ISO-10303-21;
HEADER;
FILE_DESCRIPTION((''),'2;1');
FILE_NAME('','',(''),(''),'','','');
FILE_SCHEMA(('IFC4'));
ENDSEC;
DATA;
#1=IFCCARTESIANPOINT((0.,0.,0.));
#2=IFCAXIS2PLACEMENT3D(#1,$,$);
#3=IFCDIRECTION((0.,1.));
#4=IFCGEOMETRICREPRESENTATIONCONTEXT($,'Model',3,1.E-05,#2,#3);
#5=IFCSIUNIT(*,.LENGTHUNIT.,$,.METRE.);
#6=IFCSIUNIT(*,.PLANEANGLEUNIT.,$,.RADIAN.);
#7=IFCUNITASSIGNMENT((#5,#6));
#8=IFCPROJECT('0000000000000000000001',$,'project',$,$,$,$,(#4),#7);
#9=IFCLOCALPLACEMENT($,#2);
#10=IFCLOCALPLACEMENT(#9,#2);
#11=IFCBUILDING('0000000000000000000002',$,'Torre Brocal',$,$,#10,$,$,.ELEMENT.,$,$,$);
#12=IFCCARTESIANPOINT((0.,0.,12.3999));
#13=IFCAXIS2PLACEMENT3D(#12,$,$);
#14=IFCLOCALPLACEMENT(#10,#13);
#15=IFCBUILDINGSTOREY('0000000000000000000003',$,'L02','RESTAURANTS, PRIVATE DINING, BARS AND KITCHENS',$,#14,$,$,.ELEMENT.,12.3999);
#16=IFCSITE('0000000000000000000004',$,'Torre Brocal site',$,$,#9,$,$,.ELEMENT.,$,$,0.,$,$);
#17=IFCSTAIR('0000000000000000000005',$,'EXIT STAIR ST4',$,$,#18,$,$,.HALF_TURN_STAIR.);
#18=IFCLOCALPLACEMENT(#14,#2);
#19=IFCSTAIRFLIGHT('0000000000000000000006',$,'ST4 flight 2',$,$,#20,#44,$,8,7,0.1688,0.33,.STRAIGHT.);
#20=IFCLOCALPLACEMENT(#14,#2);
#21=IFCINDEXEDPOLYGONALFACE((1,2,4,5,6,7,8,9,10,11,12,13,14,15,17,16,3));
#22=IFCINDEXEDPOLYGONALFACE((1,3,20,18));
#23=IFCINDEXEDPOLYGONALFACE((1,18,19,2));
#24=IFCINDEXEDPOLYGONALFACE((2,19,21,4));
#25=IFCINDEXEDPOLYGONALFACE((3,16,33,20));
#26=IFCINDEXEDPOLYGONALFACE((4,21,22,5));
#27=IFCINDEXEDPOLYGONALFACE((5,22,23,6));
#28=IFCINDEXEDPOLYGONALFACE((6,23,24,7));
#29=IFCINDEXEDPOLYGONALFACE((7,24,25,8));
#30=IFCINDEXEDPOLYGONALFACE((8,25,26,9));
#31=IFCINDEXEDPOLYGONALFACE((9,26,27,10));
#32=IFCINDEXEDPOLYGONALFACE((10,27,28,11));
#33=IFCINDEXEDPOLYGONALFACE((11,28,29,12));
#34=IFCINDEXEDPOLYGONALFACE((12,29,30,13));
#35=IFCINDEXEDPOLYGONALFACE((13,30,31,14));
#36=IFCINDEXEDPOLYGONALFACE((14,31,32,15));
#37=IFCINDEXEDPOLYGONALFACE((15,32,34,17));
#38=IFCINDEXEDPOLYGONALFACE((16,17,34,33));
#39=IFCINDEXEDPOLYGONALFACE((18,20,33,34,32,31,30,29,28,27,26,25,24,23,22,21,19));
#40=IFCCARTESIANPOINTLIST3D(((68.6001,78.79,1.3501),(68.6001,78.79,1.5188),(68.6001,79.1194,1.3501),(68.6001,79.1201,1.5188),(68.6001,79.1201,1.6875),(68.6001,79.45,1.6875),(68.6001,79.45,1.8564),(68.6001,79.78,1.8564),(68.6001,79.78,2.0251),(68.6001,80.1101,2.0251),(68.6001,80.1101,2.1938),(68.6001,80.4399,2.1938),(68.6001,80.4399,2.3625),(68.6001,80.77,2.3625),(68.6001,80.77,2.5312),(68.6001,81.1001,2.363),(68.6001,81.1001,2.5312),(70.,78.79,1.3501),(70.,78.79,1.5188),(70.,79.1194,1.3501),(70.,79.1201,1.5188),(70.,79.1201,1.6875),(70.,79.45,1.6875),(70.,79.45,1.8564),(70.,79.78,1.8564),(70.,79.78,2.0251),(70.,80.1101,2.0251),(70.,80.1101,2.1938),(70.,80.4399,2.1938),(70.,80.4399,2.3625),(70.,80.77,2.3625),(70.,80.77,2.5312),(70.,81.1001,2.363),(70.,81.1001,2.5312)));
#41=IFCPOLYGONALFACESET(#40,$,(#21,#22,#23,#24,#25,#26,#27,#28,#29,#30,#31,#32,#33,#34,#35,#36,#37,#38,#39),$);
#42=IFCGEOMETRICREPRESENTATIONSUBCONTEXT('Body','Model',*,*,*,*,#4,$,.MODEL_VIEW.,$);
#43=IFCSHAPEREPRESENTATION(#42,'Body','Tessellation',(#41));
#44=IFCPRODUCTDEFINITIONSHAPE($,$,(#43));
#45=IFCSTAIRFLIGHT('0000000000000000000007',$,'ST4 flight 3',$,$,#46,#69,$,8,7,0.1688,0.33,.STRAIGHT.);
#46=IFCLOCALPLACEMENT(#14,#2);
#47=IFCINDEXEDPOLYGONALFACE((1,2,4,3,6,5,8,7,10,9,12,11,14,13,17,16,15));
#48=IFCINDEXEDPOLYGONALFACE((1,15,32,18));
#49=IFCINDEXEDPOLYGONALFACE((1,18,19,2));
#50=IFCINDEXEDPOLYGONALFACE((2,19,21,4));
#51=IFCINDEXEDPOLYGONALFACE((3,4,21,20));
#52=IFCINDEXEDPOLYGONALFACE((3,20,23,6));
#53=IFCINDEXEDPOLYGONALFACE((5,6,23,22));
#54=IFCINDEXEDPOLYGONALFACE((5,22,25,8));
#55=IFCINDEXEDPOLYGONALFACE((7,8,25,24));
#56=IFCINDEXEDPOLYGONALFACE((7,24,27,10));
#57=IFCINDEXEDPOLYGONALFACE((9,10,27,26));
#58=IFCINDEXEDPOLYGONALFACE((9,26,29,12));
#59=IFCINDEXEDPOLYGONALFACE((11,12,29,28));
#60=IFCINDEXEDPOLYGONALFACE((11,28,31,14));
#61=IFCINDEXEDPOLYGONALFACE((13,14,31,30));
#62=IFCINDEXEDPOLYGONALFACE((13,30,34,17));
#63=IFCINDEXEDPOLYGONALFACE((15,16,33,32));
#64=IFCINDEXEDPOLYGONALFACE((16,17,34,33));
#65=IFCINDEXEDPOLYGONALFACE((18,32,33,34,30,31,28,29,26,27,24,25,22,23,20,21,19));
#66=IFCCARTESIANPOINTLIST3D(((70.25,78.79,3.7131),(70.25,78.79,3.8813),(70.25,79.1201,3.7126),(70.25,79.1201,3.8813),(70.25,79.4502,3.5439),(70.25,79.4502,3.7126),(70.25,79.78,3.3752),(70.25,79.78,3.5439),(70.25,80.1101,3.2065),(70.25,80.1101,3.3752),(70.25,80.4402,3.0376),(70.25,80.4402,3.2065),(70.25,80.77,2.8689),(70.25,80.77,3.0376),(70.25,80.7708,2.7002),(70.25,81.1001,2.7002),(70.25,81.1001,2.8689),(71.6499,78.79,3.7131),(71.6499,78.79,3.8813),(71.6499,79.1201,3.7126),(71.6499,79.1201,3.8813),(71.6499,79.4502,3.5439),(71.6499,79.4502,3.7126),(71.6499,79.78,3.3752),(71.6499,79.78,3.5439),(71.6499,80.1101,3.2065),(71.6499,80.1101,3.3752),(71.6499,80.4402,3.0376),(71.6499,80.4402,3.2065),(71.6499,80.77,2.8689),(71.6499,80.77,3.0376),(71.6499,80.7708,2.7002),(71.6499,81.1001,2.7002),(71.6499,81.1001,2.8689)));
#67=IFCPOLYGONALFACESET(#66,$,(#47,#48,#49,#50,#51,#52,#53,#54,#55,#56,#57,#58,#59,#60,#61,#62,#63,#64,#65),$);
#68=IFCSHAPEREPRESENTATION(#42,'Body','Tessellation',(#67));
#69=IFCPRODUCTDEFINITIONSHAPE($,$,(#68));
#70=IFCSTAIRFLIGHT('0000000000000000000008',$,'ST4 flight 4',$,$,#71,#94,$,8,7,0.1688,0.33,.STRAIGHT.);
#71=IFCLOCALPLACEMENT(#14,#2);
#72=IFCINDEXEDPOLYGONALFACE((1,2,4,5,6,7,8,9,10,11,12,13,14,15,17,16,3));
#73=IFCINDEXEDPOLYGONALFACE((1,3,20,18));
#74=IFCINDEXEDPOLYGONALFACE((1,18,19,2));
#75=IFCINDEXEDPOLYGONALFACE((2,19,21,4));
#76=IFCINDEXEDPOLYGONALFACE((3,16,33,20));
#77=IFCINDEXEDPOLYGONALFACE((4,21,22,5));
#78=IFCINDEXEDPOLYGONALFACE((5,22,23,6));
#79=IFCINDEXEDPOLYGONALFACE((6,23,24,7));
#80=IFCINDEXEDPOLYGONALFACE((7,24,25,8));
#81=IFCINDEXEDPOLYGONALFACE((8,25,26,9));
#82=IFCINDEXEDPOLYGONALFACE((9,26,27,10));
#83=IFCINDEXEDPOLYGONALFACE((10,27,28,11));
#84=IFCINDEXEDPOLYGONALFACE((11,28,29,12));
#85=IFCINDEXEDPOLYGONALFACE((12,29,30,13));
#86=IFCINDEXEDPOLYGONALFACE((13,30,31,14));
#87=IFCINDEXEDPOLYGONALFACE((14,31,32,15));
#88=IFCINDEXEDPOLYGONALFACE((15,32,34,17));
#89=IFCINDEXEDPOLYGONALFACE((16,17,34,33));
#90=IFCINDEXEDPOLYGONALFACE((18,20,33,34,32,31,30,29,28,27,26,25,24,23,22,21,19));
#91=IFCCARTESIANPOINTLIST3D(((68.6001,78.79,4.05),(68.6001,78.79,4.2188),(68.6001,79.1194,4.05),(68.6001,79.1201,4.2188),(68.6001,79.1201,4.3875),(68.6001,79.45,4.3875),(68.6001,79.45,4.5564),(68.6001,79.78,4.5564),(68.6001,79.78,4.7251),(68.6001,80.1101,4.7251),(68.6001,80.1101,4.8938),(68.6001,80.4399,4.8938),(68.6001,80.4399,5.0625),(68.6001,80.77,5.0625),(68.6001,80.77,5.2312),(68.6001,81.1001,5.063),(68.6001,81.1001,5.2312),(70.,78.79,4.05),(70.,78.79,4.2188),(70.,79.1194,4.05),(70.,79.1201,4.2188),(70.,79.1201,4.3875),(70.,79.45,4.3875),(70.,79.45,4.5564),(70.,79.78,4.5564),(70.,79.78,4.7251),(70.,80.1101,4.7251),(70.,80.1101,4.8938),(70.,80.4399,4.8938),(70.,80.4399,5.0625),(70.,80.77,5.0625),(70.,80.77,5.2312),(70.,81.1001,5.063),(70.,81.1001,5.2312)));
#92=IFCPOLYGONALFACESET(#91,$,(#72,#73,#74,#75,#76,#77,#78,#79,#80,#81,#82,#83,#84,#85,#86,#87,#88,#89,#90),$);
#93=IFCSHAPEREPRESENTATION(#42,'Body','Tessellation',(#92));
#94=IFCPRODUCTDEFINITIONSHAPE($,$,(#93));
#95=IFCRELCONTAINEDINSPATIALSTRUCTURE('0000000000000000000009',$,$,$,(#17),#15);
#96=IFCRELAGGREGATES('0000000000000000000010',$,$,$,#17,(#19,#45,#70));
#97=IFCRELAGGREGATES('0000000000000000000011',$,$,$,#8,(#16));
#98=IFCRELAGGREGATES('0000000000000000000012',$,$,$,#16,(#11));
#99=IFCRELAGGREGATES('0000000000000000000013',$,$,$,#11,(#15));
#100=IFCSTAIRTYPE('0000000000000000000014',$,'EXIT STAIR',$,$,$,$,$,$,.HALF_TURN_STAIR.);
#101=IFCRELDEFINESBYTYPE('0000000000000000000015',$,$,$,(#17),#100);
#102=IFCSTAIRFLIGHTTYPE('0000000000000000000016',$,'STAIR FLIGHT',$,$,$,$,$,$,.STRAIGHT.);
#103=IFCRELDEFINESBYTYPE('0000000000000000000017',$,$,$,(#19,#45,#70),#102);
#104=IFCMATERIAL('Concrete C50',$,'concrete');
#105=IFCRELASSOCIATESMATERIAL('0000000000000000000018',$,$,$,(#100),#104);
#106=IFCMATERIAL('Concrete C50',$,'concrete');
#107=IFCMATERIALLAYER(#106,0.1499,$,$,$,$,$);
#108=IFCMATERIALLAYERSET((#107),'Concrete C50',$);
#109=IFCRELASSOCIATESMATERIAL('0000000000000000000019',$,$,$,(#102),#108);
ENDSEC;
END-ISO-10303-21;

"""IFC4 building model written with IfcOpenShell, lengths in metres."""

from ifc_helpers import new_model, si_unit, direction, frame, origin, place, context, subcontext, project, spatial, polyline, outline, extrude, material, layer, layer_set, type_object, element, aggregate, save


model = new_model("IFC4")

# Units and contexts
model_context = context("Model", 3, precision=1e-05, world=origin(), true_north=direction((0.0, 1.0)))
body_context = subcontext(model_context, "Body", "Model", "MODEL_VIEW")
ifc_project = project(units=[si_unit("LENGTHUNIT", "METRE"), si_unit("PLANEANGLEUNIT", "RADIAN")], contexts=[model_context])

# Site, building, storey
site_placement = place(None, origin())
site = spatial("IfcSite", under=ifc_project, at=site_placement, Name="Torre Brocal site", CompositionType="ELEMENT", RefElevation=0.0)
building_placement = place(site_placement, origin())
building = spatial("IfcBuilding", under=site, at=building_placement, Name="Torre Brocal", CompositionType="ELEMENT")
storey_placement = place(building_placement, frame((0.0, 0.0, 12.3999)))
storey = spatial("IfcBuildingStorey", under=building, at=storey_placement, Name="L02", Description="RESTAURANTS, PRIVATE DINING, BARS AND KITCHENS", CompositionType="ELEMENT", Elevation=12.3999)

# Stair, stair flights
ifc_material_1 = material(Name="Concrete C50", Category="concrete")
stair_type = type_object("IfcStairType", Name="EXIT STAIR", PredefinedType="HALF_TURN_STAIR", material=ifc_material_1)
stair_placement = place(storey_placement, origin())
stair = element("IfcStair", 1, at=stair_placement, inside=storey, type_object=stair_type, Name="EXIT STAIR ST4", PredefinedType="HALF_TURN_STAIR")
ifc_material_2 = material(Name="Concrete C50", Category="concrete")
ifc_layer_1 = layer(ifc_material_2, 0.1499)
ifc_layer_set_1 = layer_set([ifc_layer_1], Name="Concrete C50")
stair_flight_type = type_object("IfcStairFlightType", Name="STAIR FLIGHT", PredefinedType="STRAIGHT", material=ifc_layer_set_1)
stair_flight_1_placement = place(storey_placement, frame((69.3, 78.79, 1.3501), z_axis=(0.0, 0.0, 1.0), x_axis=(0.0, 1.0, 0.0)))
stair_flight_1 = element("IfcStairFlight", 2, at=stair_flight_1_placement, type_object=stair_flight_type, Name="ST4 flight 2", NumberOfRisers=8, NumberOfTreads=7, PredefinedType="STRAIGHT", RiserHeight=0.1688, TreadLength=0.33, context=body_context, shape_type="SweptSolid", body=[
    extrude(outline(polyline([(0.0, 0.0), (0.0, 0.1687), (0.3301, 0.1687), (0.3301, 0.3374), (0.6599, 0.3374), (0.6599, 0.5063), (0.99, 0.5063), (0.99, 0.675), (1.3201, 0.675), (1.3201, 0.8438), (1.6499, 0.8438), (1.6499, 1.0125), (1.98, 1.0125), (1.98, 1.1812), (2.3101, 1.1812), (2.3101, 1.3501), (2.3101, 1.0129), (0.3293, 0.0), (0.0, 0.0)])), frame((0.0, 0.7, 0.0), z_axis=(0.0, -1.0, 0.0), x_axis=(1.0, 0.0, 0.0)), (0.0, 0.0, 1.0), 1.3999),
])
stair_flight_2_placement = place(storey_placement, frame((70.95, 81.1001, 2.7002), z_axis=(0.0, 0.0, 1.0), x_axis=(0.0, -1.0, 0.0)))
stair_flight_2 = element("IfcStairFlight", 3, at=stair_flight_2_placement, type_object=stair_flight_type, Name="ST4 flight 3", NumberOfRisers=8, NumberOfTreads=7, PredefinedType="STRAIGHT", RiserHeight=0.1688, TreadLength=0.33, context=body_context, shape_type="SweptSolid", body=[
    extrude(outline(polyline([(0.0, 0.0), (0.0, 0.1687), (0.3301, 0.1687), (0.3301, 0.3374), (0.6599, 0.3374), (0.6599, 0.5063), (0.99, 0.5063), (0.99, 0.675), (1.3201, 0.675), (1.3201, 0.8438), (1.6499, 0.8438), (1.6499, 1.0125), (1.98, 1.0125), (1.98, 1.1812), (2.3101, 1.1812), (2.3101, 1.3501), (2.3101, 1.0129), (0.3293, 0.0), (0.0, 0.0)])), frame((0.0, 0.7, 0.0), z_axis=(0.0, -1.0, 0.0), x_axis=(1.0, 0.0, 0.0)), (0.0, 0.0, 1.0), 1.3999),
])
stair_flight_3_placement = place(storey_placement, frame((69.3, 78.79, 4.05), z_axis=(0.0, 0.0, 1.0), x_axis=(0.0, 1.0, 0.0)))
stair_flight_3 = element("IfcStairFlight", 4, at=stair_flight_3_placement, type_object=stair_flight_type, Name="ST4 flight 4", NumberOfRisers=8, NumberOfTreads=7, PredefinedType="STRAIGHT", RiserHeight=0.1688, TreadLength=0.33, context=body_context, shape_type="SweptSolid", body=[
    extrude(outline(polyline([(0.0, 0.0), (0.0, 0.1687), (0.3301, 0.1687), (0.3301, 0.3374), (0.6599, 0.3374), (0.6599, 0.5063), (0.99, 0.5063), (0.99, 0.675), (1.3201, 0.675), (1.3201, 0.8438), (1.6499, 0.8438), (1.6499, 1.0125), (1.98, 1.0125), (1.98, 1.1812), (2.3101, 1.1812), (2.3101, 1.3501), (2.3101, 1.0129), (0.3293, 0.0), (0.0, 0.0)])), frame((0.0, 0.7, 0.0), z_axis=(0.0, -1.0, 0.0), x_axis=(1.0, 0.0, 0.0)), (0.0, 0.0, 1.0), 1.3999),
])
aggregate(stair, [stair_flight_1, stair_flight_2, stair_flight_3])

save(model, "model.ifc")
